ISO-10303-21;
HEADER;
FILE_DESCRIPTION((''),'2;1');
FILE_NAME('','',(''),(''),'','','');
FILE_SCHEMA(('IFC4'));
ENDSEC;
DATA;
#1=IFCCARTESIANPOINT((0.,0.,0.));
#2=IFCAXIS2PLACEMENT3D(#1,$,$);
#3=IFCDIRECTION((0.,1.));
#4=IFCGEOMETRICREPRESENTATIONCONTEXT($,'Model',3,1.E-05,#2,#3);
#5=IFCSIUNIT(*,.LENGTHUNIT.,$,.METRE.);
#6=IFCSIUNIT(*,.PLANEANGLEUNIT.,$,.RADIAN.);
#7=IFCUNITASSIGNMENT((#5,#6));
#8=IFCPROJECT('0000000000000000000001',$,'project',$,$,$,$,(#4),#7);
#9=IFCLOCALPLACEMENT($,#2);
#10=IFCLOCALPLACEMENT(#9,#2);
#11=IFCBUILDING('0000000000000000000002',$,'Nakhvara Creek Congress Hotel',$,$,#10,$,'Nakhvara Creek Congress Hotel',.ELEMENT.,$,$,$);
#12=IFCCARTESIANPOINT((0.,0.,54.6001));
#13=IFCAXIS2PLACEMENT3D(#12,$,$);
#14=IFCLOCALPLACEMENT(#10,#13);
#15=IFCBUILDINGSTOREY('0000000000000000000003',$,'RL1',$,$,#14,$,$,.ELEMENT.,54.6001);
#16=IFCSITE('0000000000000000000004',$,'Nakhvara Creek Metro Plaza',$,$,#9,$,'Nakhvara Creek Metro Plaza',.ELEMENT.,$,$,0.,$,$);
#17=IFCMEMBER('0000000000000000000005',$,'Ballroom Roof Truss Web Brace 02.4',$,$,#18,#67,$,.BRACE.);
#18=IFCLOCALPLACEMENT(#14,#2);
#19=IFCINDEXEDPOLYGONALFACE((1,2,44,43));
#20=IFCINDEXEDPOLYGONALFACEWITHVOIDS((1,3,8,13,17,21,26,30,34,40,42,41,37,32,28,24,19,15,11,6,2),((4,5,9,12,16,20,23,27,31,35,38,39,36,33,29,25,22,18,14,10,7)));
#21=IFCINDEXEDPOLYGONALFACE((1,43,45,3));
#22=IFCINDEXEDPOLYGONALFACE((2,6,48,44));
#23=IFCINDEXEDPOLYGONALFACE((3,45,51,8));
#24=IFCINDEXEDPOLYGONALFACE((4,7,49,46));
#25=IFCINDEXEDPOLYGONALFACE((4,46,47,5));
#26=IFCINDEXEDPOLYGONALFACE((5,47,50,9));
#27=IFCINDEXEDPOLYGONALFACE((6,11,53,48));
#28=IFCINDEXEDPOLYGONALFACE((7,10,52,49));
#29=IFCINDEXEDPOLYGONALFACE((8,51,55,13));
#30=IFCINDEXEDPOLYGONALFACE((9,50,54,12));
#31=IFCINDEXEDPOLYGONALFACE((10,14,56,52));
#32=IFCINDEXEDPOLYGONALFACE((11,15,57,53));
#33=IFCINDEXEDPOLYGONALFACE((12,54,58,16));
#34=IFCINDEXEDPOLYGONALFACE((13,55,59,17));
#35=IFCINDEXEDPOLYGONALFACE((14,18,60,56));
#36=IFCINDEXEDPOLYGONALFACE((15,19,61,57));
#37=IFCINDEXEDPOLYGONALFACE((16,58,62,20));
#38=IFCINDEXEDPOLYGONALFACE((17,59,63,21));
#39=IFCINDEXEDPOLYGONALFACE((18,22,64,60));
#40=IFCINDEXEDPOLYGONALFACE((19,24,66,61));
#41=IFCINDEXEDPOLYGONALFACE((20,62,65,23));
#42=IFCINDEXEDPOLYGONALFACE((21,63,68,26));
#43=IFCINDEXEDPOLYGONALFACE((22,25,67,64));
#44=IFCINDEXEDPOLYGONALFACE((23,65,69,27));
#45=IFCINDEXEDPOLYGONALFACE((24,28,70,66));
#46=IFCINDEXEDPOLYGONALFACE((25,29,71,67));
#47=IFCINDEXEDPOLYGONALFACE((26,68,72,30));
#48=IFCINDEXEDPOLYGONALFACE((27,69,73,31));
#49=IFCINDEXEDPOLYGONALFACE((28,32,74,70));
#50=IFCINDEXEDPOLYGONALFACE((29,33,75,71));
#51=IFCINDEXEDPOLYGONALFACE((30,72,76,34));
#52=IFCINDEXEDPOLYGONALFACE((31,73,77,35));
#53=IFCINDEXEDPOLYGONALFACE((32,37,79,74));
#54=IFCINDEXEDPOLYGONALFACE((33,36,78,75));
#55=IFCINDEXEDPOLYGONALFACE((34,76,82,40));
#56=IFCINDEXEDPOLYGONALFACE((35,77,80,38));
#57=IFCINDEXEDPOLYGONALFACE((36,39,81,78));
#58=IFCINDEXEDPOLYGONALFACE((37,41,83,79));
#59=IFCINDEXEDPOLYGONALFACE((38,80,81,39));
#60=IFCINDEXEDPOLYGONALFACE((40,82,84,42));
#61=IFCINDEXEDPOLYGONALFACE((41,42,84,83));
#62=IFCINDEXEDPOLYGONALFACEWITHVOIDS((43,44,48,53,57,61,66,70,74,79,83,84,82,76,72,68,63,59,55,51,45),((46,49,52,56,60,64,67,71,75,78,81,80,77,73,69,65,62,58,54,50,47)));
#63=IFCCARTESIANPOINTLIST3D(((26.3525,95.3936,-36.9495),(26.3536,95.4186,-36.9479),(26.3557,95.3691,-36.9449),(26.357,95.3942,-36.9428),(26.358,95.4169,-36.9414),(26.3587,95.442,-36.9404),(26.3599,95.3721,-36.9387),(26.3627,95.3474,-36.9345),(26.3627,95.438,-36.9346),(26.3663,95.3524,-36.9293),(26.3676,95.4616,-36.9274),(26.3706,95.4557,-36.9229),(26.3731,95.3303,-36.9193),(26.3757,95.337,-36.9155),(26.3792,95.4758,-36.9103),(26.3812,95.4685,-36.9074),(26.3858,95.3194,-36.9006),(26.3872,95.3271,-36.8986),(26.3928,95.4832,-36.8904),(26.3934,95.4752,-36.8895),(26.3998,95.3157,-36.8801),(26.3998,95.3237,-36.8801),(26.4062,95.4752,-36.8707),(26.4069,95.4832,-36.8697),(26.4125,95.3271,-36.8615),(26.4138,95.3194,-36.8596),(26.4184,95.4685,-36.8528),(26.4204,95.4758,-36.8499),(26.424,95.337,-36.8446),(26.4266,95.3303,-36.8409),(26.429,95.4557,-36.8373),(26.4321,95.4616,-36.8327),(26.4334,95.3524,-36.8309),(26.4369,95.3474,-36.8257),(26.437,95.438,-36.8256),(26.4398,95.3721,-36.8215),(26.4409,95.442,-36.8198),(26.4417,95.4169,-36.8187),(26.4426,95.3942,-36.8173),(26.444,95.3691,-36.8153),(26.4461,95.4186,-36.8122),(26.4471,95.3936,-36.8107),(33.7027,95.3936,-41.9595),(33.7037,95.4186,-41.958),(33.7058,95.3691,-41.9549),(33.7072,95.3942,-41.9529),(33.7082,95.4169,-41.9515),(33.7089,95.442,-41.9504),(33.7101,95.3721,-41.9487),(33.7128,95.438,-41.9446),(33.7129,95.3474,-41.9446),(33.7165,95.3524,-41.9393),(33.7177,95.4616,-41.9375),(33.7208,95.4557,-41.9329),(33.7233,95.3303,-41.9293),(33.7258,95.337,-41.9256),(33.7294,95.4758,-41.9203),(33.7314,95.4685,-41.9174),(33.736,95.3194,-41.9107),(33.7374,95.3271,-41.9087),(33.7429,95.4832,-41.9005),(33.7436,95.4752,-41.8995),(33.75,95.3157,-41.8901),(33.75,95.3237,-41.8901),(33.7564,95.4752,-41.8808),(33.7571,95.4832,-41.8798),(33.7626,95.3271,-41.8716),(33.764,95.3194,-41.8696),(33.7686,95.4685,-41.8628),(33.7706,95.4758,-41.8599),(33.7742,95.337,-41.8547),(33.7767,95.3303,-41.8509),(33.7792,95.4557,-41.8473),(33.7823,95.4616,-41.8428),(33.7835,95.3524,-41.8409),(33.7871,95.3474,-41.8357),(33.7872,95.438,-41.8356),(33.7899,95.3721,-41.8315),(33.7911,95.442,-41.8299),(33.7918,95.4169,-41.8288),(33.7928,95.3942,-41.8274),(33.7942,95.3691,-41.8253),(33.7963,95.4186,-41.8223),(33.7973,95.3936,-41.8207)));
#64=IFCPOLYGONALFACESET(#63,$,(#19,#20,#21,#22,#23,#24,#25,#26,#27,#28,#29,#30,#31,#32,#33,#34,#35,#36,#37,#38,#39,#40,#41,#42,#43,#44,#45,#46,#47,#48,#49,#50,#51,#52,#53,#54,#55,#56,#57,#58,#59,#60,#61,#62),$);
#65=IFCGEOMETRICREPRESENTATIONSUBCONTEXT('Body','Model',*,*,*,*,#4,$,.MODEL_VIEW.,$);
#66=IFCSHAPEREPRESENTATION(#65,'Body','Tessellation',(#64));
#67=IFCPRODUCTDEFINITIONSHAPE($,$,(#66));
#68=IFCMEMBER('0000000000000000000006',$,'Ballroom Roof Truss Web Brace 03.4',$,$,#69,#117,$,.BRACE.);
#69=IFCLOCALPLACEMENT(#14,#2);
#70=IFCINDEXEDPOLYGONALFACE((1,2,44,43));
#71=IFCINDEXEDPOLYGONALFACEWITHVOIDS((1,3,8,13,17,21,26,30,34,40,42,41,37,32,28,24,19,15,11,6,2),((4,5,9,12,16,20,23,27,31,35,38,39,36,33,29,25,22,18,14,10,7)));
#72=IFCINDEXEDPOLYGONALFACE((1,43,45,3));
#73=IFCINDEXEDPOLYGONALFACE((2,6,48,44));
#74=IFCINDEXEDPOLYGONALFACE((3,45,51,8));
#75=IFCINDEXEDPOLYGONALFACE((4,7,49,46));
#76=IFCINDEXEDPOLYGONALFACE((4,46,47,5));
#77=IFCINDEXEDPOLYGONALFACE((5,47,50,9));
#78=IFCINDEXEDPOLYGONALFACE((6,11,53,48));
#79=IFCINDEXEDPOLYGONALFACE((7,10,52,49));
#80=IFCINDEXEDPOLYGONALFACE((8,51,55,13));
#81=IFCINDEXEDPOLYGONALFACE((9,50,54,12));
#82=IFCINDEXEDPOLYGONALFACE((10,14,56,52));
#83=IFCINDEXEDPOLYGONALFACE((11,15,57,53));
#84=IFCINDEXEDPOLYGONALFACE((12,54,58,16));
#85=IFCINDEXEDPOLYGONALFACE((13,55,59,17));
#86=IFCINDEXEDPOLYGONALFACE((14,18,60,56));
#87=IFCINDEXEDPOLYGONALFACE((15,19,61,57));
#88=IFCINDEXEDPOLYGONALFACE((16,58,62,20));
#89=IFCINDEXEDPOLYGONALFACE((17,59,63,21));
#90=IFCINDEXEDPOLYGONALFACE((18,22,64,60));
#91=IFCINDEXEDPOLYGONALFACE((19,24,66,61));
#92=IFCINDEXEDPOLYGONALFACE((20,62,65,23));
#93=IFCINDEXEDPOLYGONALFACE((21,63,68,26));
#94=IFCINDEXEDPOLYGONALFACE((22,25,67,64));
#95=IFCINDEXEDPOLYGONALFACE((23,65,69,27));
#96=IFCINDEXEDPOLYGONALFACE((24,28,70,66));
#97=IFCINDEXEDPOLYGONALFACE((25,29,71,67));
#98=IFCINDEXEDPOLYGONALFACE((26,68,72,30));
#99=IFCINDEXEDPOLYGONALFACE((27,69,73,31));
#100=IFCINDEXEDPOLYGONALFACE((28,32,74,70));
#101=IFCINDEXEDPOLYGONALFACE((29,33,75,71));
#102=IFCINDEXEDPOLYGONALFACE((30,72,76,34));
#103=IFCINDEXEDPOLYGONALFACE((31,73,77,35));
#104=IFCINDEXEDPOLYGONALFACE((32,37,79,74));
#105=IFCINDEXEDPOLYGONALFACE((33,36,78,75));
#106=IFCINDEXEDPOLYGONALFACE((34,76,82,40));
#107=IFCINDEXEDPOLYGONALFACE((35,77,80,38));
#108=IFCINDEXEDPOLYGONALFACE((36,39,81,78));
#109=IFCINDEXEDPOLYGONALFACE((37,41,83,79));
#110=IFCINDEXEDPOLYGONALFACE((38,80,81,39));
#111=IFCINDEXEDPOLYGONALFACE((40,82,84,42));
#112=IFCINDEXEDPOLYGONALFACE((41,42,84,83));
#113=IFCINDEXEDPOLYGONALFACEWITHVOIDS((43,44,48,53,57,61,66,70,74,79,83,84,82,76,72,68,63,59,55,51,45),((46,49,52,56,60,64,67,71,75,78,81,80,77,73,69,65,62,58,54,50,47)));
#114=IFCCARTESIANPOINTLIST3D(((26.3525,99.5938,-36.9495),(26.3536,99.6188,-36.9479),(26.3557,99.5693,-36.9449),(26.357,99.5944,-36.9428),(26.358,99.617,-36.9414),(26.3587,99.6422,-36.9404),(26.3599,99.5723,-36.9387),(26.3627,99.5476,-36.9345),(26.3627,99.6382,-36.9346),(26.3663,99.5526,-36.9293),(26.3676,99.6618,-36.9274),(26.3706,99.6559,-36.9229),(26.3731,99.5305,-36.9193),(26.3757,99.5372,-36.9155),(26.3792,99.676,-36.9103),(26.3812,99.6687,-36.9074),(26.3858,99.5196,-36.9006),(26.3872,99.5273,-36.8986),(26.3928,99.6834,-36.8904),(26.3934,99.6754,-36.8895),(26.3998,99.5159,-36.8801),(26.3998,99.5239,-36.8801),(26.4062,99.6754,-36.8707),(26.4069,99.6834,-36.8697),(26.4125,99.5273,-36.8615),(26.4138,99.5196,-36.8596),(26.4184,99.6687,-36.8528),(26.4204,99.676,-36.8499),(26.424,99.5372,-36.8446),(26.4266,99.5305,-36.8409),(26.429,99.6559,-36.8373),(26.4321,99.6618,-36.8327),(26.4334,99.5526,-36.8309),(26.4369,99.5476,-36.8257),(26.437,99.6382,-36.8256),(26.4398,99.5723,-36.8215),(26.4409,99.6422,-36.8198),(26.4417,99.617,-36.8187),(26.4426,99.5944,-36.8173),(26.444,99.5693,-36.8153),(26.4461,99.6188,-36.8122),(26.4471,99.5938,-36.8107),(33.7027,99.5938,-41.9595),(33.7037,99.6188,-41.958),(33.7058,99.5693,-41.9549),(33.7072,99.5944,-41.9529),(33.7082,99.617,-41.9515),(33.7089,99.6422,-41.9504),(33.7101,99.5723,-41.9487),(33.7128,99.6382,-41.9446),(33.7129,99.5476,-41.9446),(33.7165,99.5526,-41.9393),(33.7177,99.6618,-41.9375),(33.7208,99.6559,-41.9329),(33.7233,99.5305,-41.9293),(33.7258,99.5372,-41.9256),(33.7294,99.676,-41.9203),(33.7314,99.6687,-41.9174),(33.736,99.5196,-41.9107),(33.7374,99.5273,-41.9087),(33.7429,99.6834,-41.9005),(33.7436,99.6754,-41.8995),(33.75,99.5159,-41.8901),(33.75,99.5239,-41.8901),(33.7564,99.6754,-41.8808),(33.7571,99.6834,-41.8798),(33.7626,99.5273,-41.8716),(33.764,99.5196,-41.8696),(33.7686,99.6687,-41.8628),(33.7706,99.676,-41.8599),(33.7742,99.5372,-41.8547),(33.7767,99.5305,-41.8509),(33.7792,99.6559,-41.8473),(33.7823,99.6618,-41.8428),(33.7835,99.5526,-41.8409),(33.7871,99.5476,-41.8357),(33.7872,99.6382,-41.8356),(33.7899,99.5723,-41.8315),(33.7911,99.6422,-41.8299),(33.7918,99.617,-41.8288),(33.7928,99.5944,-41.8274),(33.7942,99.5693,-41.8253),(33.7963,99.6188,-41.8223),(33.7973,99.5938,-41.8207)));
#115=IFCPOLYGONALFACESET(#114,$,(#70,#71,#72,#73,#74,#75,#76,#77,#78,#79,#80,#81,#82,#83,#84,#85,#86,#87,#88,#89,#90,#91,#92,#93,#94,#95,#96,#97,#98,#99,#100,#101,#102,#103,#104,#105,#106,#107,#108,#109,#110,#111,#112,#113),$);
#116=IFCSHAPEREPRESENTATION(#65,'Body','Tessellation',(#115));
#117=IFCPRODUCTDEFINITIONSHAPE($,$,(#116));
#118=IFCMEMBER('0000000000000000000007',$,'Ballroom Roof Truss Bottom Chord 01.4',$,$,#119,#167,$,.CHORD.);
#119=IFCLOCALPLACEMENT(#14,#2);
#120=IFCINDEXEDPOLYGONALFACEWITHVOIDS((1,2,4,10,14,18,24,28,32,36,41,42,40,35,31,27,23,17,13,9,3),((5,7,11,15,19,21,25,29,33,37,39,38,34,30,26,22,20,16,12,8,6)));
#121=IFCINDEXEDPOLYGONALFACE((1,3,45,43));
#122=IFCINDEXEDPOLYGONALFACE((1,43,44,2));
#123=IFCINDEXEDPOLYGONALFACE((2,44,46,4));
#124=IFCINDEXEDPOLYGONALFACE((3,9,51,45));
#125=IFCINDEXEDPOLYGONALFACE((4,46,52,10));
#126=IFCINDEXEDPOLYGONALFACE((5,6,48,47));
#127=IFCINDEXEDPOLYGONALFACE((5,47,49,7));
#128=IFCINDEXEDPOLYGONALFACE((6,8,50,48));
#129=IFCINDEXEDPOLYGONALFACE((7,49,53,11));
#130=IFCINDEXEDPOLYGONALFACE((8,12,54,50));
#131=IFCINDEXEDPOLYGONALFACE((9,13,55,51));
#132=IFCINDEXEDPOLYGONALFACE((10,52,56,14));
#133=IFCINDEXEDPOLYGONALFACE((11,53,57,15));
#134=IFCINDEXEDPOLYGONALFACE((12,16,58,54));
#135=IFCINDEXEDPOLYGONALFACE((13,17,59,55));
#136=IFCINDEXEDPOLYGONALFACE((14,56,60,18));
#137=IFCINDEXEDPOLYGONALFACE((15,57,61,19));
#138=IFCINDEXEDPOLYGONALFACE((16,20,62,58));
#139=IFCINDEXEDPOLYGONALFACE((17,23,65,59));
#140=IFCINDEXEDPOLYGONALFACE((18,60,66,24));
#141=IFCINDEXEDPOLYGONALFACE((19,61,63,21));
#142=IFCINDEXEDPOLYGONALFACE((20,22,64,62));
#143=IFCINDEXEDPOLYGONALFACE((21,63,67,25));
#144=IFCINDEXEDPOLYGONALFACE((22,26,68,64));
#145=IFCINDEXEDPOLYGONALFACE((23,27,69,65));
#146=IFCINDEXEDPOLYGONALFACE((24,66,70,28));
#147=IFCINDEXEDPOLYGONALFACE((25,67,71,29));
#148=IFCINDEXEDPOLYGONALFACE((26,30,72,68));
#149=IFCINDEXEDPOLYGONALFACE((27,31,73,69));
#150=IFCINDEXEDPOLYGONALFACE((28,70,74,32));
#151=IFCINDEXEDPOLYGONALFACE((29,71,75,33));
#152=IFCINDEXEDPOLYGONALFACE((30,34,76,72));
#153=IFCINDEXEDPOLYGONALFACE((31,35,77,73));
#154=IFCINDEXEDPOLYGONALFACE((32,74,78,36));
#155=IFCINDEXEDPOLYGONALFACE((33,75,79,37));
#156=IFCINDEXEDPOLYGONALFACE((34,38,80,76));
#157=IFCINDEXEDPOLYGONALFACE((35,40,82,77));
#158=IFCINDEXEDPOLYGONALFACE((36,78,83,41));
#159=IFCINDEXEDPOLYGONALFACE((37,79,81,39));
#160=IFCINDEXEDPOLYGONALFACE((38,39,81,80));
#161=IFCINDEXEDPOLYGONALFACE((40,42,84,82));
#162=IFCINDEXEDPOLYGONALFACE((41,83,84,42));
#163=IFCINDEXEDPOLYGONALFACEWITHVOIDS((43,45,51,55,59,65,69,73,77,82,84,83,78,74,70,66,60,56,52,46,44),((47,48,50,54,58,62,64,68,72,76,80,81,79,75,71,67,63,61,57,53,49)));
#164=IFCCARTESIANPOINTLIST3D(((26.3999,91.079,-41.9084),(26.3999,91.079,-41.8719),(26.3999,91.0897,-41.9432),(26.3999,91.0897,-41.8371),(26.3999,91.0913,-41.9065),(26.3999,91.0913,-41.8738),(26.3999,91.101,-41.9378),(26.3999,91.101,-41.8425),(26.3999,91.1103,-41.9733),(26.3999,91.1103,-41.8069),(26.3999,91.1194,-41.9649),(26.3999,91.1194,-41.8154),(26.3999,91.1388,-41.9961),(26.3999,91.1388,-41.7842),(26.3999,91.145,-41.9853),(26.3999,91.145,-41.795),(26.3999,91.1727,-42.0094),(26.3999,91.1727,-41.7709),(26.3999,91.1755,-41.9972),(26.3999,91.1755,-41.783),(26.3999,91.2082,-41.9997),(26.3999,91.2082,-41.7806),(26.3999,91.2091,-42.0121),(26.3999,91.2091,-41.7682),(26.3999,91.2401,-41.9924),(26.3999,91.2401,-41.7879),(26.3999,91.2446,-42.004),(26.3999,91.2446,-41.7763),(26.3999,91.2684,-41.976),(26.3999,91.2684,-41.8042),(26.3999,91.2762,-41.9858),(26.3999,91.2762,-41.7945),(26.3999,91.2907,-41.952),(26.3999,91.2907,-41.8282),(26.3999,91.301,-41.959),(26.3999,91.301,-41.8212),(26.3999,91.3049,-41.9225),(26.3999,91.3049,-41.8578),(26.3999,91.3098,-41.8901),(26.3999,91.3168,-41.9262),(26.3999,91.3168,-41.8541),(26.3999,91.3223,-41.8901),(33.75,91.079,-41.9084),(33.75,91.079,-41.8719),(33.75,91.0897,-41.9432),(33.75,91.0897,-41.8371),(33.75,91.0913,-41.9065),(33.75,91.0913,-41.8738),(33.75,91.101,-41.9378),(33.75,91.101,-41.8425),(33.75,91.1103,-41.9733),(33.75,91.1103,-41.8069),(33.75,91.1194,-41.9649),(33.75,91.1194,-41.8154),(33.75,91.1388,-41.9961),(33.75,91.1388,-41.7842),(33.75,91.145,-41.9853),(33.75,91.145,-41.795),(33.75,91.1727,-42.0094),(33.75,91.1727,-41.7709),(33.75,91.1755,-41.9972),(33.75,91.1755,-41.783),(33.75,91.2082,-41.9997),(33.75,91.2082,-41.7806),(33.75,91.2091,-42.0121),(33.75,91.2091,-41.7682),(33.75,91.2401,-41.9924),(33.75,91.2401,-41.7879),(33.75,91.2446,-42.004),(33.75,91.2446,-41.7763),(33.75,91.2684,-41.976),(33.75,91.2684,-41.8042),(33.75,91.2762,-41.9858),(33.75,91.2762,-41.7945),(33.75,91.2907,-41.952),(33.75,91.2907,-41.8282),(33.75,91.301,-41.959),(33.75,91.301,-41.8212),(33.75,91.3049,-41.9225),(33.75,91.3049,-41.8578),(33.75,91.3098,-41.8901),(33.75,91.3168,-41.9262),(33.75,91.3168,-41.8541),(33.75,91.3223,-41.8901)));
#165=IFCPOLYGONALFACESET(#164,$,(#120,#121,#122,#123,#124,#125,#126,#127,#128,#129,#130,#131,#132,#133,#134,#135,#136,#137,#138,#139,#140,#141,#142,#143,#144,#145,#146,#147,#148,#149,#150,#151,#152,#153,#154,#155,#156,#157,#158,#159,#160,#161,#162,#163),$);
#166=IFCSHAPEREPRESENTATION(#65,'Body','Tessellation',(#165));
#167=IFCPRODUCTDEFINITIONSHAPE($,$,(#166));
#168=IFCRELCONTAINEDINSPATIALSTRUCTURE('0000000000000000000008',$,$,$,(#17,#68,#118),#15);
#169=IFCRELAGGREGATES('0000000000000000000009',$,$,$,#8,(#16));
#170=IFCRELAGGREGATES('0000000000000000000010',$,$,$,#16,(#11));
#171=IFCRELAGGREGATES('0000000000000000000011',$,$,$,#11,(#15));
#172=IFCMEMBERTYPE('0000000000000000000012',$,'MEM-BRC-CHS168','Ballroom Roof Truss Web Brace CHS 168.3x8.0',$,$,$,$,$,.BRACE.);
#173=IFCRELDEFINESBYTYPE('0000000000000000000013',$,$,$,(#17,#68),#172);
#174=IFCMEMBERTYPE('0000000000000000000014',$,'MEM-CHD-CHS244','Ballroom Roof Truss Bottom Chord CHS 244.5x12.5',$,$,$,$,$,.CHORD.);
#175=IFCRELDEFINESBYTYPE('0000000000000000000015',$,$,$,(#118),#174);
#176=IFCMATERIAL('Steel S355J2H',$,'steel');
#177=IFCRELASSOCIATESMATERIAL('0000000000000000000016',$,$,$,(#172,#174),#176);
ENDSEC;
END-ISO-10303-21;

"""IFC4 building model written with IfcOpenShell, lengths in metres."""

from ifc_helpers import new_model, si_unit, direction, frame, origin, origin_2d, place, context, subcontext, project, spatial, hollow_circle, extrude, material, material_profile, profile_set, type_object, element, save


model = new_model("IFC4")

# Units and contexts
model_context = context("Model", 3, precision=1e-05, world=origin(), true_north=direction((0.0, 1.0)))
body_context = subcontext(model_context, "Body", "Model", "MODEL_VIEW")
ifc_project = project(units=[si_unit("LENGTHUNIT", "METRE"), si_unit("PLANEANGLEUNIT", "RADIAN")], contexts=[model_context])

# Site, building, storey
site_placement = place(None, origin())
site = spatial("IfcSite", under=ifc_project, at=site_placement, Name="Nakhvara Creek Metro Plaza", LongName="Nakhvara Creek Metro Plaza", CompositionType="ELEMENT", RefElevation=0.0)
building_placement = place(site_placement, origin())
building = spatial("IfcBuilding", under=site, at=building_placement, Name="Nakhvara Creek Congress Hotel", LongName="Nakhvara Creek Congress Hotel", CompositionType="ELEMENT")
storey_placement = place(building_placement, frame((0.0, 0.0, 54.6001)))
storey = spatial("IfcBuildingStorey", under=building, at=storey_placement, Name="RL1", CompositionType="ELEMENT", Elevation=54.6001)

# Members
ifc_material_1 = material(Name="Steel S355J2H", Category="steel")
ifc_material_profile_1 = material_profile(ifc_material_1, hollow_circle(Radius=0.0842, WallThickness=0.0081, at=origin_2d()), Name="CHS 168.3x8.0", Category="LoadBearing")
ifc_profile_set_1 = profile_set([ifc_material_profile_1], Name="Steel S355J2H")
member_type_1 = type_object("IfcMemberType", Name="MEM-BRC-CHS168", Description="Ballroom Roof Truss Web Brace CHS 168.3x8.0", PredefinedType="BRACE", material=ifc_profile_set_1)
for number, where, z_axis, x_axis, name in (
    (1, (33.75, 95.3999, -41.8901), (-0.826302, 0.0, 0.563228), (0.0, -1.0, 0.0), "Ballroom Roof Truss Web Brace 02.4"),
    (2, (33.75, 99.6001, -41.8901), (-0.826302, 0.0, 0.563228), (0.0, -1.0, 0.0), "Ballroom Roof Truss Web Brace 03.4"),
):
    element("IfcMember", number, at=place(storey_placement, frame(where, z_axis=z_axis, x_axis=x_axis)), inside=storey, type_object=member_type_1, Name=name, PredefinedType="BRACE", context=body_context, shape_type="SweptSolid", body=[
        extrude(hollow_circle(Radius=0.0842, WallThickness=0.0081, at=origin_2d()), origin(), (0.0, 0.0, 1.0), 8.8953),
    ])
ifc_material_profile_2 = material_profile(ifc_material_1, hollow_circle(Radius=0.1223, WallThickness=0.0125, at=origin_2d()), Name="CHS 244.5x12.5", Category="LoadBearing")
ifc_profile_set_2 = profile_set([ifc_material_profile_2], Name="Steel S355J2H")
member_type_2 = type_object("IfcMemberType", Name="MEM-CHD-CHS244", Description="Ballroom Roof Truss Bottom Chord CHS 244.5x12.5", PredefinedType="CHORD", material=ifc_profile_set_2)
for number, where, z_axis, x_axis, name in (
    (3, (26.3999, 91.2, -41.8901), (1.0, 0.0, 0.0), (0.0, 1.0, 0.0), "Ballroom Roof Truss Bottom Chord 01.4"),
):
    element("IfcMember", number, at=place(storey_placement, frame(where, z_axis=z_axis, x_axis=x_axis)), inside=storey, type_object=member_type_2, Name=name, PredefinedType="CHORD", context=body_context, shape_type="SweptSolid", body=[
        extrude(hollow_circle(Radius=0.1223, WallThickness=0.0125, at=origin_2d()), origin(), (0.0, 0.0, 1.0), 7.3501),
    ])

save(model, "model.ifc")
